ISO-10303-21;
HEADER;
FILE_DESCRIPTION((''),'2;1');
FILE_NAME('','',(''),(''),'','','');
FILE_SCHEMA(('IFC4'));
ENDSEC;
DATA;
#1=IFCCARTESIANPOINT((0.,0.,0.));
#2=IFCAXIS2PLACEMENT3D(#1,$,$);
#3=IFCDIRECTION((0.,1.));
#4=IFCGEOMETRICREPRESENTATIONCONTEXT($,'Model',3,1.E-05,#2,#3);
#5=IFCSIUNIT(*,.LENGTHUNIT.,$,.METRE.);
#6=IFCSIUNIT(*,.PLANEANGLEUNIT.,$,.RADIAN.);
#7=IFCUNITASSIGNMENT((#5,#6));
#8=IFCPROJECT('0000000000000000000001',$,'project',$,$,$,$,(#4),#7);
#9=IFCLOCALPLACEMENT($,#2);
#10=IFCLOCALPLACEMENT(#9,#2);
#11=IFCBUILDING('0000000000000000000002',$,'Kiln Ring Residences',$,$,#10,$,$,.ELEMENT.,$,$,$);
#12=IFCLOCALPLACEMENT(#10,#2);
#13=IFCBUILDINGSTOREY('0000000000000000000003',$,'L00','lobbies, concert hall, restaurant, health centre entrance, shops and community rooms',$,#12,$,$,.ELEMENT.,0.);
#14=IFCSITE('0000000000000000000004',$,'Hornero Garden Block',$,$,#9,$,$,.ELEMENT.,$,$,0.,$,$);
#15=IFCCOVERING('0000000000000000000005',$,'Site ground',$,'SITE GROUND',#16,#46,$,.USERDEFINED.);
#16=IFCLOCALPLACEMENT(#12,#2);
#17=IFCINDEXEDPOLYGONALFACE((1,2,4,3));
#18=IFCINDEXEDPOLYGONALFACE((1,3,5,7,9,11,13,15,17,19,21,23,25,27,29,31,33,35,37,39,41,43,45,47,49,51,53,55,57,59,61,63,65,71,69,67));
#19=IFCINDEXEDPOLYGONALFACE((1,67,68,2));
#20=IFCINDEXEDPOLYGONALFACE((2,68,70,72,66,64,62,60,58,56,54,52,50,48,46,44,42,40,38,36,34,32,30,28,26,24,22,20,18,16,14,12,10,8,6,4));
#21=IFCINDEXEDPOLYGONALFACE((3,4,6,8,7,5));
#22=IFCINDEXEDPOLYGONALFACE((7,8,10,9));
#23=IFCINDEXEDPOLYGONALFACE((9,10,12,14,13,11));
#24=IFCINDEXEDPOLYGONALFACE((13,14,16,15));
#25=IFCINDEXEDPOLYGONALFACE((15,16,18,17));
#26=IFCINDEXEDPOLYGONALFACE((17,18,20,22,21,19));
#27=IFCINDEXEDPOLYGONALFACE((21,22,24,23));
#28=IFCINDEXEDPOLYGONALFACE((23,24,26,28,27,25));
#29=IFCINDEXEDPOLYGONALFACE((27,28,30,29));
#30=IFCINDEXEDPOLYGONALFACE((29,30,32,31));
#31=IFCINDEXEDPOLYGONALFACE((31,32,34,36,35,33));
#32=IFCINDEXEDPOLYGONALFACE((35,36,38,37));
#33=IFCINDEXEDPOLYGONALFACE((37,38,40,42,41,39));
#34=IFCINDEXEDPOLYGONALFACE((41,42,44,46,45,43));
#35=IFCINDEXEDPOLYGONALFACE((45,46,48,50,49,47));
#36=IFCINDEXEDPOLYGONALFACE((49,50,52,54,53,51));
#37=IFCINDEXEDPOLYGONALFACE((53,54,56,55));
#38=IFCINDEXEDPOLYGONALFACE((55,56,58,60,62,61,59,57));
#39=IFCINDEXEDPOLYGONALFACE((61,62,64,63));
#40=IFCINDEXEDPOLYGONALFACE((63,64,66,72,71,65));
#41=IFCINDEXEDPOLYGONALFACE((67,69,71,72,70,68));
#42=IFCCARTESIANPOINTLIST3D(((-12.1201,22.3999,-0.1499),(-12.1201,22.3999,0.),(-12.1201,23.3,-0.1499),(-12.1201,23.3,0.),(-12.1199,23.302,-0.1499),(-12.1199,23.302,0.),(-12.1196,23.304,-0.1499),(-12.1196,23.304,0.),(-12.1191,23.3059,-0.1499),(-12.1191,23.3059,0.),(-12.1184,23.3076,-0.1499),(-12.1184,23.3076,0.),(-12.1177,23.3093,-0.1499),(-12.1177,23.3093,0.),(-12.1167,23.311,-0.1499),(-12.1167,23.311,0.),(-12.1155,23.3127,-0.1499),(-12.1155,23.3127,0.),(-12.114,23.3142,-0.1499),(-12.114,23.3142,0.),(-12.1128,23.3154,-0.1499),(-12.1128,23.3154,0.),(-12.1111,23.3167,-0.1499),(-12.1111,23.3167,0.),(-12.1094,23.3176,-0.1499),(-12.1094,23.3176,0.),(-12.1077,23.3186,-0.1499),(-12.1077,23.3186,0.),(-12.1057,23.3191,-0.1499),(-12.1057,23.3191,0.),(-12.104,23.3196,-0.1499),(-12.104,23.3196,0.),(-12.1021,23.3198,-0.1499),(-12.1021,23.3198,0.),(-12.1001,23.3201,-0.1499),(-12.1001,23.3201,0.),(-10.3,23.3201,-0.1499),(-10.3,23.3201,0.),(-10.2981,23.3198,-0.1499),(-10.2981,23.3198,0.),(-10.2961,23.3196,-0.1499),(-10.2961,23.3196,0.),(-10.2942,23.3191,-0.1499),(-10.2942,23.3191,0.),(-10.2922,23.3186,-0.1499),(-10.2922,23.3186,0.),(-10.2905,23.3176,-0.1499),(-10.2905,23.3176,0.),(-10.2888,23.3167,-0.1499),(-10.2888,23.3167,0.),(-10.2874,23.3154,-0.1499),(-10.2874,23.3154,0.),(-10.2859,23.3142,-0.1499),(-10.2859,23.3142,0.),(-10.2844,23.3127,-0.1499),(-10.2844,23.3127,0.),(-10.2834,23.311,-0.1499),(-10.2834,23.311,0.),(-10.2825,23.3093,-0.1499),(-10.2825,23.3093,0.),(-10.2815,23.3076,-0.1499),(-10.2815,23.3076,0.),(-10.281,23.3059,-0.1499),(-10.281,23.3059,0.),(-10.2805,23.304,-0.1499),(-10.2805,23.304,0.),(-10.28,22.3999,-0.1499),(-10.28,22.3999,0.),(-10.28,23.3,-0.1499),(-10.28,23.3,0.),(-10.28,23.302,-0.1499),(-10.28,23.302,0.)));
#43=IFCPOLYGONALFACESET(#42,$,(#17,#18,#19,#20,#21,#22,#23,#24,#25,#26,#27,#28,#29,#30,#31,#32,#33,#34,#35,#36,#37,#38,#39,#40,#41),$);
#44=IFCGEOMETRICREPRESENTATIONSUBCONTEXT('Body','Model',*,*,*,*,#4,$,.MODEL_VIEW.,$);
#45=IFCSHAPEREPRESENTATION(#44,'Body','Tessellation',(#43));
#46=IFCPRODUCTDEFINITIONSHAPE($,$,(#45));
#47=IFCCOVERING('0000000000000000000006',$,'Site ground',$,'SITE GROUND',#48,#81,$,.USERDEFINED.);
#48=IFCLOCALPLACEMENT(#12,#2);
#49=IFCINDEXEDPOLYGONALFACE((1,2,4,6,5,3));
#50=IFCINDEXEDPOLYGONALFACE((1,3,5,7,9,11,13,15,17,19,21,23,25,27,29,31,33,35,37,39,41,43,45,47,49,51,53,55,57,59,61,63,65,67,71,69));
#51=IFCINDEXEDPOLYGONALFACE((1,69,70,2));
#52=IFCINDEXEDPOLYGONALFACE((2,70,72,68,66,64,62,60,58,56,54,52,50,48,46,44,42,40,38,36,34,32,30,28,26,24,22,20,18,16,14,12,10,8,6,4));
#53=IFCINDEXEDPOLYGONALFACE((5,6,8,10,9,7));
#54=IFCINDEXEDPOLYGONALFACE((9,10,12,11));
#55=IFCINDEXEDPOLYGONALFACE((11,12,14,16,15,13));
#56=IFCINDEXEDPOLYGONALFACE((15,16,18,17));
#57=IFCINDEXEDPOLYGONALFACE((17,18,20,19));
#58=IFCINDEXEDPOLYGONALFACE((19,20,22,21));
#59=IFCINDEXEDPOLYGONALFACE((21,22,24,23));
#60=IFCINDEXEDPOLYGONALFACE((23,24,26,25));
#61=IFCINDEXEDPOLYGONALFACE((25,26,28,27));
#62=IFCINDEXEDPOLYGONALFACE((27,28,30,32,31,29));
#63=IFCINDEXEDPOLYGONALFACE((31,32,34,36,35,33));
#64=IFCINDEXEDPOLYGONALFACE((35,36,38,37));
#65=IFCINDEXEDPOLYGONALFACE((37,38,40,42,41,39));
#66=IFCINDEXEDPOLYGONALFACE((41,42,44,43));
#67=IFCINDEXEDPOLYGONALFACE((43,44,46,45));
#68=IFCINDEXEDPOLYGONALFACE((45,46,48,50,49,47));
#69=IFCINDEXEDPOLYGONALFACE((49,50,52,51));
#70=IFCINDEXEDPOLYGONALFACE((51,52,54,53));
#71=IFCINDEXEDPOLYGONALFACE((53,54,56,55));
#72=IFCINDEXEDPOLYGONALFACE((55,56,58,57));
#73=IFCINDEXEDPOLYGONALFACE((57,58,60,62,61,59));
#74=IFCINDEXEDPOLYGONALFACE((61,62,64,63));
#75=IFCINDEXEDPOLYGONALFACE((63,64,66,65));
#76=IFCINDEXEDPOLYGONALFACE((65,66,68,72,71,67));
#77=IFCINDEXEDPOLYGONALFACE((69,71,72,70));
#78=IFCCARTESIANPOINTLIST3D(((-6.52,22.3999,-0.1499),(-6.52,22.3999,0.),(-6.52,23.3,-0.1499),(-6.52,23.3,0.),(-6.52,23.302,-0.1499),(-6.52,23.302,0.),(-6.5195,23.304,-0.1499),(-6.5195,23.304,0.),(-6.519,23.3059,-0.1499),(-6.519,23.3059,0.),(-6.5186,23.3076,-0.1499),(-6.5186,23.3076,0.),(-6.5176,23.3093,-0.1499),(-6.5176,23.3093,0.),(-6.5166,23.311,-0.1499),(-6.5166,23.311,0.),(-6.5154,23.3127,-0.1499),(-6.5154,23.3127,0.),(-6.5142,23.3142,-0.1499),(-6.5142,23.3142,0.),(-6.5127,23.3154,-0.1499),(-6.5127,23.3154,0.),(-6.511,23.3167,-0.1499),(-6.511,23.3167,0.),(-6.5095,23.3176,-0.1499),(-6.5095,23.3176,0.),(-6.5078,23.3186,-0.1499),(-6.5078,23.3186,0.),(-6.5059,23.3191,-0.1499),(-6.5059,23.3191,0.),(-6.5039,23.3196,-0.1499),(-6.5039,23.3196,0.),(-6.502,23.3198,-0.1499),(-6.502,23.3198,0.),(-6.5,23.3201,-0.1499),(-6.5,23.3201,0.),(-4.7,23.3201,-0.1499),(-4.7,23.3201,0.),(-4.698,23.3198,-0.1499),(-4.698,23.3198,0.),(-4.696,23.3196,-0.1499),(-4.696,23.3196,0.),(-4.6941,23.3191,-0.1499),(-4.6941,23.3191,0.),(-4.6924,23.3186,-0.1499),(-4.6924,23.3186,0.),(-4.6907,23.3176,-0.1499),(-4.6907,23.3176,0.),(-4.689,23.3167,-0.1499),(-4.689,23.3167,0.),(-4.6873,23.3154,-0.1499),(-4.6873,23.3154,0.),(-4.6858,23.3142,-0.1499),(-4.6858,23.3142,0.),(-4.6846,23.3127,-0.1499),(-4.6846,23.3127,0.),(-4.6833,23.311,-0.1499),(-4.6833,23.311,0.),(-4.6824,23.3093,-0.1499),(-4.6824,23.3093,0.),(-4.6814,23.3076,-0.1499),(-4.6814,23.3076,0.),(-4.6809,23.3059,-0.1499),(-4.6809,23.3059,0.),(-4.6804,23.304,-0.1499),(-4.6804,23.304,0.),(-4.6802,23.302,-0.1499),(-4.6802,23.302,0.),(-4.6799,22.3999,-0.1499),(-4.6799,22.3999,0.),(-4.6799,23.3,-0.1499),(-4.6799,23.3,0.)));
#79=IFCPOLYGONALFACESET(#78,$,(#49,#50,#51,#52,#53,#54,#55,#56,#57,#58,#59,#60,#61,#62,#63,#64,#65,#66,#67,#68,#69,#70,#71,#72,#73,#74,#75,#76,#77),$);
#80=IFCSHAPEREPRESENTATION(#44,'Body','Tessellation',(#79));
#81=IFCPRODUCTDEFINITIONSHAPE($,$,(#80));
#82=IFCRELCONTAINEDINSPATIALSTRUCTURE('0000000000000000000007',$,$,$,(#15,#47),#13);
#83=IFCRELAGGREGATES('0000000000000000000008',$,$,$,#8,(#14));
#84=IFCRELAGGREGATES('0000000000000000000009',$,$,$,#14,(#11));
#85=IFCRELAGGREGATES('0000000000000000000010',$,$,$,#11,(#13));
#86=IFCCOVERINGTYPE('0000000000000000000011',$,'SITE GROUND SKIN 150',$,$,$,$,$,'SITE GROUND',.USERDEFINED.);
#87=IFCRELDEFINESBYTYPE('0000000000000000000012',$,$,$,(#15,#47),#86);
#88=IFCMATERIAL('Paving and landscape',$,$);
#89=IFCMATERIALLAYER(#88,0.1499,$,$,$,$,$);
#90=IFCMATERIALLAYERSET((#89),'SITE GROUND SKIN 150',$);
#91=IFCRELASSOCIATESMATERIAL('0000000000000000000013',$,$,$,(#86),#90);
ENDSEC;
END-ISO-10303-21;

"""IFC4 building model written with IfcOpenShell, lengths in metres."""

from ifc_helpers import new_model, si_unit, direction, frame, origin, place, context, subcontext, project, spatial, polyline, outline, extrude, material, layer, layer_set, type_object, element, save


model = new_model("IFC4")

# Units and contexts
model_context = context("Model", 3, precision=1e-05, world=origin(), true_north=direction((0.0, 1.0)))
body_context = subcontext(model_context, "Body", "Model", "MODEL_VIEW")
ifc_project = project(units=[si_unit("LENGTHUNIT", "METRE"), si_unit("PLANEANGLEUNIT", "RADIAN")], contexts=[model_context])

# Site, building, storey
site_placement = place(None, origin())
site = spatial("IfcSite", under=ifc_project, at=site_placement, Name="Hornero Garden Block", CompositionType="ELEMENT", RefElevation=0.0)
building_placement = place(site_placement, origin())
building = spatial("IfcBuilding", under=site, at=building_placement, Name="Kiln Ring Residences", CompositionType="ELEMENT")
storey_placement = place(building_placement, origin())
storey = spatial("IfcBuildingStorey", under=building, at=storey_placement, Name="L00", Description="lobbies, concert hall, restaurant, health centre entrance, shops and community rooms", CompositionType="ELEMENT", Elevation=0.0)

# Shared definitions
placement_1 = place(storey_placement, frame((0.0, 0.0, -0.1499)))

# Coverings
ifc_material_1 = material(Name="Paving and landscape")
ifc_layer_1 = layer(ifc_material_1, 0.1499)
ifc_layer_set_1 = layer_set([ifc_layer_1], Name="SITE GROUND SKIN 150")
covering_type_1 = type_object("IfcCoveringType", Name="SITE GROUND SKIN 150", ElementType="SITE GROUND", PredefinedType="USERDEFINED", material=ifc_layer_set_1)
element("IfcCovering", 1, at=placement_1, inside=storey, type_object=covering_type_1, Name="Site ground", ObjectType="SITE GROUND", PredefinedType="USERDEFINED", context=body_context, shape_type="SweptSolid", body=[
    extrude(outline(polyline([(-10.28, 22.3999), (-10.28, 23.3), (-10.28, 23.302), (-10.2805, 23.304), (-10.281, 23.3059), (-10.2815, 23.3076), (-10.2825, 23.3093), (-10.2834, 23.311), (-10.2844, 23.3127), (-10.2859, 23.3142), (-10.2874, 23.3154), (-10.2888, 23.3167), (-10.2905, 23.3176), (-10.2922, 23.3186), (-10.2942, 23.3191), (-10.2961, 23.3196), (-10.2981, 23.3198), (-10.3, 23.3201), (-12.1001, 23.3201), (-12.1021, 23.3198), (-12.104, 23.3196), (-12.1057, 23.3191), (-12.1077, 23.3186), (-12.1094, 23.3176), (-12.1111, 23.3167), (-12.1128, 23.3154), (-12.114, 23.3142), (-12.1155, 23.3127), (-12.1167, 23.311), (-12.1177, 23.3093), (-12.1184, 23.3076), (-12.1191, 23.3059), (-12.1196, 23.304), (-12.1199, 23.302), (-12.1201, 23.3), (-12.1201, 22.3999), (-10.28, 22.3999)])), origin(), (0.0, 0.0, 1.0), 0.1499),
])
element("IfcCovering", 2, at=placement_1, inside=storey, type_object=covering_type_1, Name="Site ground", ObjectType="SITE GROUND", PredefinedType="USERDEFINED", context=body_context, shape_type="SweptSolid", body=[
    extrude(outline(polyline([(-4.6799, 22.3999), (-4.6799, 23.3), (-4.6802, 23.302), (-4.6804, 23.304), (-4.6809, 23.3059), (-4.6814, 23.3076), (-4.6824, 23.3093), (-4.6833, 23.311), (-4.6846, 23.3127), (-4.6858, 23.3142), (-4.6873, 23.3154), (-4.689, 23.3167), (-4.6907, 23.3176), (-4.6924, 23.3186), (-4.6941, 23.3191), (-4.696, 23.3196), (-4.698, 23.3198), (-4.7, 23.3201), (-6.5, 23.3201), (-6.502, 23.3198), (-6.5039, 23.3196), (-6.5059, 23.3191), (-6.5078, 23.3186), (-6.5095, 23.3176), (-6.511, 23.3167), (-6.5127, 23.3154), (-6.5142, 23.3142), (-6.5154, 23.3127), (-6.5166, 23.311), (-6.5176, 23.3093), (-6.5186, 23.3076), (-6.519, 23.3059), (-6.5195, 23.304), (-6.52, 23.302), (-6.52, 23.3), (-6.52, 22.3999), (-4.6799, 22.3999)])), origin(), (0.0, 0.0, 1.0), 0.1499),
])

save(model, "model.ifc")
